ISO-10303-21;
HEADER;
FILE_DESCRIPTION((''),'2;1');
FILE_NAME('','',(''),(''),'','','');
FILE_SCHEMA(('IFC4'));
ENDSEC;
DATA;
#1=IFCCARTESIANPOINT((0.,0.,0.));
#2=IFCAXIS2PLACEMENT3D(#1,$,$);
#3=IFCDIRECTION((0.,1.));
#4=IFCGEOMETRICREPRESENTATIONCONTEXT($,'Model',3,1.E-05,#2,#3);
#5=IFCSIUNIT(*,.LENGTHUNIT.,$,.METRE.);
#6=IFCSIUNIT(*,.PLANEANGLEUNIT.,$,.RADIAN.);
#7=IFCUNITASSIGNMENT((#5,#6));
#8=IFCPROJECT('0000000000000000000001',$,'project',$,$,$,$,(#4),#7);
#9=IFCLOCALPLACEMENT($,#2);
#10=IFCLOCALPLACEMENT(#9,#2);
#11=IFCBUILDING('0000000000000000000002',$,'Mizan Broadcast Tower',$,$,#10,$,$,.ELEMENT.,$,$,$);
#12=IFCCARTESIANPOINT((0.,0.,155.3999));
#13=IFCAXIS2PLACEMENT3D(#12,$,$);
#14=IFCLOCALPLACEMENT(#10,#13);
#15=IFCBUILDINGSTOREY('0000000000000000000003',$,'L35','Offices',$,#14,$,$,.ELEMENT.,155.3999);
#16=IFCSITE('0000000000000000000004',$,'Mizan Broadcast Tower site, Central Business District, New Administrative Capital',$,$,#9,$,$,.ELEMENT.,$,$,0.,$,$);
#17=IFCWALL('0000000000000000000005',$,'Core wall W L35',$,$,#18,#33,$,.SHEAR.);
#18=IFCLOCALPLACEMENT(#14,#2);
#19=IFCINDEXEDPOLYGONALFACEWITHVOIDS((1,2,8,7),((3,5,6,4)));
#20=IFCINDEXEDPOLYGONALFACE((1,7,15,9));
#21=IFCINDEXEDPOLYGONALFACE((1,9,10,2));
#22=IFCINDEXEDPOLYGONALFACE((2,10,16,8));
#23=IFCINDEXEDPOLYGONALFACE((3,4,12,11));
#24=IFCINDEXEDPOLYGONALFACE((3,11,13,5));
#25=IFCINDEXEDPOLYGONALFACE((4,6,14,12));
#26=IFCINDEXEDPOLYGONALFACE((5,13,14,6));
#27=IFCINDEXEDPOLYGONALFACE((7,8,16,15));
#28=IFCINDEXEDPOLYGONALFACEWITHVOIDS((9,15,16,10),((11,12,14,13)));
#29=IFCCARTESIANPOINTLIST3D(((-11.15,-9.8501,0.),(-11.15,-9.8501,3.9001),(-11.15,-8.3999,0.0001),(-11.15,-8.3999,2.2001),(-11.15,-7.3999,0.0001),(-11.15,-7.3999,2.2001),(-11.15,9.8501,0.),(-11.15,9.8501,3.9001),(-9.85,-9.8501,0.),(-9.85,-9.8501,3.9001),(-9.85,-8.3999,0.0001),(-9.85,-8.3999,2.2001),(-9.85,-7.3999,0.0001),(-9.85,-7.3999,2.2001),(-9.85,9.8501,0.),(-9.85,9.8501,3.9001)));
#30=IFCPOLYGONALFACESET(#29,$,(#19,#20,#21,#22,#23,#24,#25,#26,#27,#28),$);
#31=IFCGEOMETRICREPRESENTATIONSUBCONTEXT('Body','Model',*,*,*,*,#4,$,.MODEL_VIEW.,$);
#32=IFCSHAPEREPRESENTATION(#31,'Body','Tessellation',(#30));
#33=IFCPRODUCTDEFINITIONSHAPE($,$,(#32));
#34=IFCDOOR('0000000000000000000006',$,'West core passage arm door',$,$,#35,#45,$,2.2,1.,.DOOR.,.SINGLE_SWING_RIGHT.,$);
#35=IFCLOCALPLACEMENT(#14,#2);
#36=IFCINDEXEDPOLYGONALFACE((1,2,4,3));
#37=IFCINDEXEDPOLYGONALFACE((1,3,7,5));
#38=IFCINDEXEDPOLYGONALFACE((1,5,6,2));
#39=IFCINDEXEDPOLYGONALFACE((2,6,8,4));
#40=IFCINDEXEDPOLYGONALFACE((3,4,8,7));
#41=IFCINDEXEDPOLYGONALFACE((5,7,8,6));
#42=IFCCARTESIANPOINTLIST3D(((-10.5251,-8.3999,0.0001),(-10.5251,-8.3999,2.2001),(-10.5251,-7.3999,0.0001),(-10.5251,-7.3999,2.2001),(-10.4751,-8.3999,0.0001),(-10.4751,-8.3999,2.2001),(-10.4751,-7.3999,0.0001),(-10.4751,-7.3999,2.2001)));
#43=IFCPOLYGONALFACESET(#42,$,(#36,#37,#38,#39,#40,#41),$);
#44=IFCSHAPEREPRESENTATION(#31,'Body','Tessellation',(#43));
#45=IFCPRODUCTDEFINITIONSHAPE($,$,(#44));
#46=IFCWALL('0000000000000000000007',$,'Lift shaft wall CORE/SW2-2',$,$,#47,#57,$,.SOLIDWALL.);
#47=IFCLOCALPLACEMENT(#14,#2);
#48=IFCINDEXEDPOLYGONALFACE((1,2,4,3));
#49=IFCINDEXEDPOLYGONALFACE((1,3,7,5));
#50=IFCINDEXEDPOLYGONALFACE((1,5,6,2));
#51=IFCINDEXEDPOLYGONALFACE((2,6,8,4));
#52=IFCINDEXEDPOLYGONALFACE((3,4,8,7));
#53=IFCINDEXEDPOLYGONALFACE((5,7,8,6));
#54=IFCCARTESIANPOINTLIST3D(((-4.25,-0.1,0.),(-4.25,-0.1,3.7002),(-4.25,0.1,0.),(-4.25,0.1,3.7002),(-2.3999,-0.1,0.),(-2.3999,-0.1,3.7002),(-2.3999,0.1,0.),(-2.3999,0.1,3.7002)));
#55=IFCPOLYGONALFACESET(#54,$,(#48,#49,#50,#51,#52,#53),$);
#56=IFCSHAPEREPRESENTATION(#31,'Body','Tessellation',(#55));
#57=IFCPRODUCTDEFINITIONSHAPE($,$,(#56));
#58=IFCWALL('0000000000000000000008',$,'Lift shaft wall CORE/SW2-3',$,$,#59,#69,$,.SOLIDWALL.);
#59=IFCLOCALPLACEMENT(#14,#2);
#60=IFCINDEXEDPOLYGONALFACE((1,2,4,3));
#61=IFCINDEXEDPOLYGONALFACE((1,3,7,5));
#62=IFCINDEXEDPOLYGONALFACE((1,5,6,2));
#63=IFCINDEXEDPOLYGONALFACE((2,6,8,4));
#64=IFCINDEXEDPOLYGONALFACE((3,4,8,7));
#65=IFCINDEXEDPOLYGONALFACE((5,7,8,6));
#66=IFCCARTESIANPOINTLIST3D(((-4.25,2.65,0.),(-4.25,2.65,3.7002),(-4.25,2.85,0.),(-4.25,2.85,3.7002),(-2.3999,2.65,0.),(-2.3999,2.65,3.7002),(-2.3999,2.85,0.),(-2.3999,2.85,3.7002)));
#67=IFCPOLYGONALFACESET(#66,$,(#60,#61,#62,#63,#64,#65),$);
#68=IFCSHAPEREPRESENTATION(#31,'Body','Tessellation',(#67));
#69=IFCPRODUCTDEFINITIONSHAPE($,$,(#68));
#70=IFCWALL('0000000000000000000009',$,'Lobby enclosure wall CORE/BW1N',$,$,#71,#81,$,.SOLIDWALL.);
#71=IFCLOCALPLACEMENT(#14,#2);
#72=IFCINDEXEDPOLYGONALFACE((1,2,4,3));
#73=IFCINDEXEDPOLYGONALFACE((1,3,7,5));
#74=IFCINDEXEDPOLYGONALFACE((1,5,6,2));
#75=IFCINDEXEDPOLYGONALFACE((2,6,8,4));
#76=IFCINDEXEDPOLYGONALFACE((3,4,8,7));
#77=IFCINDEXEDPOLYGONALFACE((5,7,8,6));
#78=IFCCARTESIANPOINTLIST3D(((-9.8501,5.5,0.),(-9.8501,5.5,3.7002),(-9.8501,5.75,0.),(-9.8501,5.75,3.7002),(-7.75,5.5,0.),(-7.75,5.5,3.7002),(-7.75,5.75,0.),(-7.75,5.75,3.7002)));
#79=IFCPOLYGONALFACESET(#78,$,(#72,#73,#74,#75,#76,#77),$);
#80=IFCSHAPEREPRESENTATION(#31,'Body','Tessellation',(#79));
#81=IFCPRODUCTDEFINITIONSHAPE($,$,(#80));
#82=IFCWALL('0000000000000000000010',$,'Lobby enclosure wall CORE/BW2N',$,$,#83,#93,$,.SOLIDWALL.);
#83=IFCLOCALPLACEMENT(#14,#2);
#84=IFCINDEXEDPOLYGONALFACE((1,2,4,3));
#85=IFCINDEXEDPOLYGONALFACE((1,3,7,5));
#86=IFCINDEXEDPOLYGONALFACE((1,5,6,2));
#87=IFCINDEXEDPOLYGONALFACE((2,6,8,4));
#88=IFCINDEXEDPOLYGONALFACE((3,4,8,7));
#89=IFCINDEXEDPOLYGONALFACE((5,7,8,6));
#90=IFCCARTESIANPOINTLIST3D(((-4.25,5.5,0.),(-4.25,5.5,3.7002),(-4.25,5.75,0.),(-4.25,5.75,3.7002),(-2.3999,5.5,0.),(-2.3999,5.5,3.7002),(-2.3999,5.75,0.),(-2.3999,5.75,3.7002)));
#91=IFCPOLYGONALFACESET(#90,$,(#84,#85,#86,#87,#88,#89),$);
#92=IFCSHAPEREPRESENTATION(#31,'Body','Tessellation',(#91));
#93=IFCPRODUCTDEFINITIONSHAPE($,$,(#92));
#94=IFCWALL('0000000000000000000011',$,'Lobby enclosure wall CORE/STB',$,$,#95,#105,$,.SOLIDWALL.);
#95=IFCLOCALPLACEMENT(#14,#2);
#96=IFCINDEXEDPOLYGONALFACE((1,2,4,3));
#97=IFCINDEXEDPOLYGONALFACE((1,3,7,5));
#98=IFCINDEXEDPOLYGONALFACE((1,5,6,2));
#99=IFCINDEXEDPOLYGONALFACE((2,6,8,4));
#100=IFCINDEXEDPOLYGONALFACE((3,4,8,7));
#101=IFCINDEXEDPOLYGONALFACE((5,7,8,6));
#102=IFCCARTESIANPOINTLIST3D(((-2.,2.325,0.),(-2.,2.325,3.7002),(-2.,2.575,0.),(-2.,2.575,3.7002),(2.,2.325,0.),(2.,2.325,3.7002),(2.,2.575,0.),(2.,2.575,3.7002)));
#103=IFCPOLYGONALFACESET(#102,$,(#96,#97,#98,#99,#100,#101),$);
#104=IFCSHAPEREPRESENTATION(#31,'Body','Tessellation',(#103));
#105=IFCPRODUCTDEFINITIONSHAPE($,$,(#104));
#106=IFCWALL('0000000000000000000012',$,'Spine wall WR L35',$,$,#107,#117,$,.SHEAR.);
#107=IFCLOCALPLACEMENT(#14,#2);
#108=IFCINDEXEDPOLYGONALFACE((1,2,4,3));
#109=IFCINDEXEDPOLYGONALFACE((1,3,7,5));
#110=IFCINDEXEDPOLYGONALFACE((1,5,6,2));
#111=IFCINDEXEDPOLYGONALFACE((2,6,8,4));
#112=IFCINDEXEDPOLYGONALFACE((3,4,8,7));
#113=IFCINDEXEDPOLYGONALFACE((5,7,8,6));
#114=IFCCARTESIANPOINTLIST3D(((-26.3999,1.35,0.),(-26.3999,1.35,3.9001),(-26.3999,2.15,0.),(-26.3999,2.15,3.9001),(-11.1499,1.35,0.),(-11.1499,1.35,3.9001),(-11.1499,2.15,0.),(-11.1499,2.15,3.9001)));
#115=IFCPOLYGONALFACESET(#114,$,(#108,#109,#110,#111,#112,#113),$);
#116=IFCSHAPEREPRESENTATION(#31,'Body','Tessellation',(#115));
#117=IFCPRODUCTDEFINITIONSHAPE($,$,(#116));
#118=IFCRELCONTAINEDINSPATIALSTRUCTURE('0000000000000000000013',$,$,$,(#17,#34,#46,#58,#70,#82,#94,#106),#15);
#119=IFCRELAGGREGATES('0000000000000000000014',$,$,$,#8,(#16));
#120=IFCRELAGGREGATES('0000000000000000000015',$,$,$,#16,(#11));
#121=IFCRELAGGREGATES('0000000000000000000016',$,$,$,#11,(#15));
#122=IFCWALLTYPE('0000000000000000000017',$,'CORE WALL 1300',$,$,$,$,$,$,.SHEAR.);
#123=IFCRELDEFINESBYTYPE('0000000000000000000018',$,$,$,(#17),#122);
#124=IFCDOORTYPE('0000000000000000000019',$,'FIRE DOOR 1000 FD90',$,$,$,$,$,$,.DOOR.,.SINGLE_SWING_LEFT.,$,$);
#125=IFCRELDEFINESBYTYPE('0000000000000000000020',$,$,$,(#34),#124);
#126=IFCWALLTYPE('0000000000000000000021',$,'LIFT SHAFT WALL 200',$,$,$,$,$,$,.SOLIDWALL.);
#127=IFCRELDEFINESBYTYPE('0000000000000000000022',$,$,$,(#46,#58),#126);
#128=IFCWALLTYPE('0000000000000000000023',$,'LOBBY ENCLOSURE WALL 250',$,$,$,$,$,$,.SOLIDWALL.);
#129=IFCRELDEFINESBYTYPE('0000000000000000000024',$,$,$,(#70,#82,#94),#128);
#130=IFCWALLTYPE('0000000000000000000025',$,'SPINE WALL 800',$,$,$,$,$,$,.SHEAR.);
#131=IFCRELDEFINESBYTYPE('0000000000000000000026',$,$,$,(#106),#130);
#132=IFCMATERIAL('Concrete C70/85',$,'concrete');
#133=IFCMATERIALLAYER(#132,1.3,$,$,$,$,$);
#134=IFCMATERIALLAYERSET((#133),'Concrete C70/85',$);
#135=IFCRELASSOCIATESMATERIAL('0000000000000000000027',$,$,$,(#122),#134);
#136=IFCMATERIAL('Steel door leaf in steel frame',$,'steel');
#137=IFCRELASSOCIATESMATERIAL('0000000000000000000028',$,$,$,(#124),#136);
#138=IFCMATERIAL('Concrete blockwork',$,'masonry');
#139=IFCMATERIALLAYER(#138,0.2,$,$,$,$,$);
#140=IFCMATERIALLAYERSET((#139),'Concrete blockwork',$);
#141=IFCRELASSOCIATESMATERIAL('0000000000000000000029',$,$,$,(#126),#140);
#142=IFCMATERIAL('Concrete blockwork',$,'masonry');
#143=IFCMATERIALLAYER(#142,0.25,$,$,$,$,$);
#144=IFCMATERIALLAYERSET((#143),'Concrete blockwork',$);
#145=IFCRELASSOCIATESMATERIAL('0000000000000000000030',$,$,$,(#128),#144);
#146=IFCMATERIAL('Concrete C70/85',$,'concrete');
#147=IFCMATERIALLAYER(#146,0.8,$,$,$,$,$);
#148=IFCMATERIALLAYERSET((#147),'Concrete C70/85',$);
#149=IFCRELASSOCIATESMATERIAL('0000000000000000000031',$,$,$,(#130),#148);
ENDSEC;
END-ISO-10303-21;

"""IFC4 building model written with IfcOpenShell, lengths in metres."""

from ifc_helpers import new_model, si_unit, direction, frame, frame_2d, origin, place, context, subcontext, project, spatial, rectangle, extrude, material, layer, layer_set, type_object, element, fill, save


model = new_model("IFC4")

# Units and contexts
model_context = context("Model", 3, precision=1e-05, world=origin(), true_north=direction((0.0, 1.0)))
body_context = subcontext(model_context, "Body", "Model", "MODEL_VIEW")
ifc_project = project(units=[si_unit("LENGTHUNIT", "METRE"), si_unit("PLANEANGLEUNIT", "RADIAN")], contexts=[model_context])

# Site, building, storey
site_placement = place(None, origin())
site = spatial("IfcSite", under=ifc_project, at=site_placement, Name="Mizan Broadcast Tower site, Central Business District, New Administrative Capital", CompositionType="ELEMENT", RefElevation=0.0)
building_placement = place(site_placement, origin())
building = spatial("IfcBuilding", under=site, at=building_placement, Name="Mizan Broadcast Tower", CompositionType="ELEMENT")
storey_placement = place(building_placement, frame((0.0, 0.0, 155.3999)))
storey = spatial("IfcBuildingStorey", under=building, at=storey_placement, Name="L35", Description="Offices", CompositionType="ELEMENT", Elevation=155.3999)

# Shared definitions
ifc_material_1 = material(Name="Concrete C70/85", Category="concrete")
ifc_layer_1 = layer(ifc_material_1, 1.3)
ifc_layer_set_1 = layer_set([ifc_layer_1], Name="Concrete C70/85")
wall_type_1 = type_object("IfcWallType", Name="CORE WALL 1300", PredefinedType="SHEAR", material=ifc_layer_set_1)

# Wall, opening, door
wall_1_placement = place(storey_placement, frame((-10.5, 9.8501, 0.0), z_axis=(0.0, 0.0, 1.0), x_axis=(0.0, -1.0, 0.0)))
wall_1 = element("IfcWall", 1, at=wall_1_placement, inside=storey, type_object=wall_type_1, Name="Core wall W L35", PredefinedType="SHEAR", context=body_context, shape_type="SweptSolid", body=[
    extrude(rectangle(XDim=19.7002, YDim=1.3, at=frame_2d((9.8501, 0.0))), origin(), (0.0, 0.0, 1.0), 3.9001),
])
opening_1_placement = place(wall_1_placement, frame((17.25, 0.0, 0.0)))
opening_1 = element("IfcOpeningElement", 2, at=opening_1_placement, cuts=wall_1, PredefinedType="OPENING", context=body_context, shape_type="SweptSolid", body=[
    extrude(rectangle(XDim=1.0, YDim=2.2, at=frame_2d((0.5, 1.1001))), frame((0.0, 0.6599, 0.0), z_axis=(0.0, -1.0, 0.0), x_axis=(1.0, 0.0, 0.0)), (0.0, 0.0, 1.0), 1.3201),
])
ifc_material_2 = material(Name="Steel door leaf in steel frame", Category="steel")
door_type_1 = type_object("IfcDoorType", Name="FIRE DOOR 1000 FD90", OperationType="SINGLE_SWING_LEFT", PredefinedType="DOOR", material=ifc_material_2)
door_1_placement = place(opening_1_placement, origin())
door_1 = element("IfcDoor", 3, at=door_1_placement, inside=storey, type_object=door_type_1, Name="West core passage arm door", OperationType="SINGLE_SWING_RIGHT", OverallHeight=2.2, OverallWidth=1.0, PredefinedType="DOOR", context=body_context, shape_type="SweptSolid", body=[
    extrude(rectangle(XDim=1.0, YDim=2.2, at=frame_2d((0.5, 1.1001))), frame((0.0, 0.0249, 0.0), z_axis=(0.0, -1.0, 0.0), x_axis=(1.0, 0.0, 0.0)), (0.0, 0.0, 1.0), 0.05),
])
fill(opening_1, door_1)

# Walls
ifc_material_3 = material(Name="Concrete blockwork", Category="masonry")
ifc_layer_2 = layer(ifc_material_3, 0.2)
ifc_layer_set_2 = layer_set([ifc_layer_2], Name="Concrete blockwork")
wall_type_2 = type_object("IfcWallType", Name="LIFT SHAFT WALL 200", PredefinedType="SOLIDWALL", material=ifc_layer_set_2)
for number, where, z_axis, x_axis, name in (
    (4, (-4.25, 0.0, 0.0), (0.0, 0.0, 1.0), (1.0, 0.0, 0.0), "Lift shaft wall CORE/SW2-2"),
    (5, (-4.25, 2.75, 0.0), (0.0, 0.0, 1.0), (1.0, 0.0, 0.0), "Lift shaft wall CORE/SW2-3"),
):
    element("IfcWall", number, at=place(storey_placement, frame(where, z_axis=z_axis, x_axis=x_axis)), inside=storey, type_object=wall_type_2, Name=name, PredefinedType="SOLIDWALL", context=body_context, shape_type="SweptSolid", body=[
        extrude(rectangle(XDim=1.8501, YDim=0.2, at=frame_2d((0.925, 0.0))), origin(), (0.0, 0.0, 1.0), 3.7002),
    ])
ifc_material_4 = material(Name="Concrete blockwork", Category="masonry")
ifc_layer_3 = layer(ifc_material_4, 0.25)
ifc_layer_set_3 = layer_set([ifc_layer_3], Name="Concrete blockwork")
wall_type_3 = type_object("IfcWallType", Name="LOBBY ENCLOSURE WALL 250", PredefinedType="SOLIDWALL", material=ifc_layer_set_3)
wall_2_placement = place(storey_placement, frame((-9.8501, 5.625, 0.0), z_axis=(0.0, 0.0, 1.0), x_axis=(1.0, 0.0, 0.0)))
element("IfcWall", 6, at=wall_2_placement, inside=storey, type_object=wall_type_3, Name="Lobby enclosure wall CORE/BW1N", PredefinedType="SOLIDWALL", context=body_context, shape_type="SweptSolid", body=[
    extrude(rectangle(XDim=2.1001, YDim=0.25, at=frame_2d((1.05, 0.0))), origin(), (0.0, 0.0, 1.0), 3.7002),
])
wall_3_placement = place(storey_placement, frame((-4.25, 5.625, 0.0), z_axis=(0.0, 0.0, 1.0), x_axis=(1.0, 0.0, 0.0)))
element("IfcWall", 7, at=wall_3_placement, inside=storey, type_object=wall_type_3, Name="Lobby enclosure wall CORE/BW2N", PredefinedType="SOLIDWALL", context=body_context, shape_type="SweptSolid", body=[
    extrude(rectangle(XDim=1.8501, YDim=0.25, at=frame_2d((0.925, 0.0))), origin(), (0.0, 0.0, 1.0), 3.7002),
])
wall_4_placement = place(storey_placement, frame((-2.0, 2.45, 0.0), z_axis=(0.0, 0.0, 1.0), x_axis=(1.0, 0.0, 0.0)))
element("IfcWall", 8, at=wall_4_placement, inside=storey, type_object=wall_type_3, Name="Lobby enclosure wall CORE/STB", PredefinedType="SOLIDWALL", context=body_context, shape_type="SweptSolid", body=[
    extrude(rectangle(XDim=4.0, YDim=0.25, at=frame_2d((2.0, 0.0))), origin(), (0.0, 0.0, 1.0), 3.7002),
])
ifc_material_5 = material(Name="Concrete C70/85", Category="concrete")
ifc_layer_4 = layer(ifc_material_5, 0.8)
ifc_layer_set_4 = layer_set([ifc_layer_4], Name="Concrete C70/85")
wall_type_4 = type_object("IfcWallType", Name="SPINE WALL 800", PredefinedType="SHEAR", material=ifc_layer_set_4)
wall_5_placement = place(storey_placement, frame((-11.1499, 1.75, 0.0), z_axis=(0.0, 0.0, 1.0), x_axis=(-1.0, 0.0, 0.0)))
element("IfcWall", 9, at=wall_5_placement, inside=storey, type_object=wall_type_4, Name="Spine wall WR L35", PredefinedType="SHEAR", context=body_context, shape_type="SweptSolid", body=[
    extrude(rectangle(XDim=15.25, YDim=0.8, at=frame_2d((7.625, 0.0))), origin(), (0.0, 0.0, 1.0), 3.9001),
])

save(model, "model.ifc")
